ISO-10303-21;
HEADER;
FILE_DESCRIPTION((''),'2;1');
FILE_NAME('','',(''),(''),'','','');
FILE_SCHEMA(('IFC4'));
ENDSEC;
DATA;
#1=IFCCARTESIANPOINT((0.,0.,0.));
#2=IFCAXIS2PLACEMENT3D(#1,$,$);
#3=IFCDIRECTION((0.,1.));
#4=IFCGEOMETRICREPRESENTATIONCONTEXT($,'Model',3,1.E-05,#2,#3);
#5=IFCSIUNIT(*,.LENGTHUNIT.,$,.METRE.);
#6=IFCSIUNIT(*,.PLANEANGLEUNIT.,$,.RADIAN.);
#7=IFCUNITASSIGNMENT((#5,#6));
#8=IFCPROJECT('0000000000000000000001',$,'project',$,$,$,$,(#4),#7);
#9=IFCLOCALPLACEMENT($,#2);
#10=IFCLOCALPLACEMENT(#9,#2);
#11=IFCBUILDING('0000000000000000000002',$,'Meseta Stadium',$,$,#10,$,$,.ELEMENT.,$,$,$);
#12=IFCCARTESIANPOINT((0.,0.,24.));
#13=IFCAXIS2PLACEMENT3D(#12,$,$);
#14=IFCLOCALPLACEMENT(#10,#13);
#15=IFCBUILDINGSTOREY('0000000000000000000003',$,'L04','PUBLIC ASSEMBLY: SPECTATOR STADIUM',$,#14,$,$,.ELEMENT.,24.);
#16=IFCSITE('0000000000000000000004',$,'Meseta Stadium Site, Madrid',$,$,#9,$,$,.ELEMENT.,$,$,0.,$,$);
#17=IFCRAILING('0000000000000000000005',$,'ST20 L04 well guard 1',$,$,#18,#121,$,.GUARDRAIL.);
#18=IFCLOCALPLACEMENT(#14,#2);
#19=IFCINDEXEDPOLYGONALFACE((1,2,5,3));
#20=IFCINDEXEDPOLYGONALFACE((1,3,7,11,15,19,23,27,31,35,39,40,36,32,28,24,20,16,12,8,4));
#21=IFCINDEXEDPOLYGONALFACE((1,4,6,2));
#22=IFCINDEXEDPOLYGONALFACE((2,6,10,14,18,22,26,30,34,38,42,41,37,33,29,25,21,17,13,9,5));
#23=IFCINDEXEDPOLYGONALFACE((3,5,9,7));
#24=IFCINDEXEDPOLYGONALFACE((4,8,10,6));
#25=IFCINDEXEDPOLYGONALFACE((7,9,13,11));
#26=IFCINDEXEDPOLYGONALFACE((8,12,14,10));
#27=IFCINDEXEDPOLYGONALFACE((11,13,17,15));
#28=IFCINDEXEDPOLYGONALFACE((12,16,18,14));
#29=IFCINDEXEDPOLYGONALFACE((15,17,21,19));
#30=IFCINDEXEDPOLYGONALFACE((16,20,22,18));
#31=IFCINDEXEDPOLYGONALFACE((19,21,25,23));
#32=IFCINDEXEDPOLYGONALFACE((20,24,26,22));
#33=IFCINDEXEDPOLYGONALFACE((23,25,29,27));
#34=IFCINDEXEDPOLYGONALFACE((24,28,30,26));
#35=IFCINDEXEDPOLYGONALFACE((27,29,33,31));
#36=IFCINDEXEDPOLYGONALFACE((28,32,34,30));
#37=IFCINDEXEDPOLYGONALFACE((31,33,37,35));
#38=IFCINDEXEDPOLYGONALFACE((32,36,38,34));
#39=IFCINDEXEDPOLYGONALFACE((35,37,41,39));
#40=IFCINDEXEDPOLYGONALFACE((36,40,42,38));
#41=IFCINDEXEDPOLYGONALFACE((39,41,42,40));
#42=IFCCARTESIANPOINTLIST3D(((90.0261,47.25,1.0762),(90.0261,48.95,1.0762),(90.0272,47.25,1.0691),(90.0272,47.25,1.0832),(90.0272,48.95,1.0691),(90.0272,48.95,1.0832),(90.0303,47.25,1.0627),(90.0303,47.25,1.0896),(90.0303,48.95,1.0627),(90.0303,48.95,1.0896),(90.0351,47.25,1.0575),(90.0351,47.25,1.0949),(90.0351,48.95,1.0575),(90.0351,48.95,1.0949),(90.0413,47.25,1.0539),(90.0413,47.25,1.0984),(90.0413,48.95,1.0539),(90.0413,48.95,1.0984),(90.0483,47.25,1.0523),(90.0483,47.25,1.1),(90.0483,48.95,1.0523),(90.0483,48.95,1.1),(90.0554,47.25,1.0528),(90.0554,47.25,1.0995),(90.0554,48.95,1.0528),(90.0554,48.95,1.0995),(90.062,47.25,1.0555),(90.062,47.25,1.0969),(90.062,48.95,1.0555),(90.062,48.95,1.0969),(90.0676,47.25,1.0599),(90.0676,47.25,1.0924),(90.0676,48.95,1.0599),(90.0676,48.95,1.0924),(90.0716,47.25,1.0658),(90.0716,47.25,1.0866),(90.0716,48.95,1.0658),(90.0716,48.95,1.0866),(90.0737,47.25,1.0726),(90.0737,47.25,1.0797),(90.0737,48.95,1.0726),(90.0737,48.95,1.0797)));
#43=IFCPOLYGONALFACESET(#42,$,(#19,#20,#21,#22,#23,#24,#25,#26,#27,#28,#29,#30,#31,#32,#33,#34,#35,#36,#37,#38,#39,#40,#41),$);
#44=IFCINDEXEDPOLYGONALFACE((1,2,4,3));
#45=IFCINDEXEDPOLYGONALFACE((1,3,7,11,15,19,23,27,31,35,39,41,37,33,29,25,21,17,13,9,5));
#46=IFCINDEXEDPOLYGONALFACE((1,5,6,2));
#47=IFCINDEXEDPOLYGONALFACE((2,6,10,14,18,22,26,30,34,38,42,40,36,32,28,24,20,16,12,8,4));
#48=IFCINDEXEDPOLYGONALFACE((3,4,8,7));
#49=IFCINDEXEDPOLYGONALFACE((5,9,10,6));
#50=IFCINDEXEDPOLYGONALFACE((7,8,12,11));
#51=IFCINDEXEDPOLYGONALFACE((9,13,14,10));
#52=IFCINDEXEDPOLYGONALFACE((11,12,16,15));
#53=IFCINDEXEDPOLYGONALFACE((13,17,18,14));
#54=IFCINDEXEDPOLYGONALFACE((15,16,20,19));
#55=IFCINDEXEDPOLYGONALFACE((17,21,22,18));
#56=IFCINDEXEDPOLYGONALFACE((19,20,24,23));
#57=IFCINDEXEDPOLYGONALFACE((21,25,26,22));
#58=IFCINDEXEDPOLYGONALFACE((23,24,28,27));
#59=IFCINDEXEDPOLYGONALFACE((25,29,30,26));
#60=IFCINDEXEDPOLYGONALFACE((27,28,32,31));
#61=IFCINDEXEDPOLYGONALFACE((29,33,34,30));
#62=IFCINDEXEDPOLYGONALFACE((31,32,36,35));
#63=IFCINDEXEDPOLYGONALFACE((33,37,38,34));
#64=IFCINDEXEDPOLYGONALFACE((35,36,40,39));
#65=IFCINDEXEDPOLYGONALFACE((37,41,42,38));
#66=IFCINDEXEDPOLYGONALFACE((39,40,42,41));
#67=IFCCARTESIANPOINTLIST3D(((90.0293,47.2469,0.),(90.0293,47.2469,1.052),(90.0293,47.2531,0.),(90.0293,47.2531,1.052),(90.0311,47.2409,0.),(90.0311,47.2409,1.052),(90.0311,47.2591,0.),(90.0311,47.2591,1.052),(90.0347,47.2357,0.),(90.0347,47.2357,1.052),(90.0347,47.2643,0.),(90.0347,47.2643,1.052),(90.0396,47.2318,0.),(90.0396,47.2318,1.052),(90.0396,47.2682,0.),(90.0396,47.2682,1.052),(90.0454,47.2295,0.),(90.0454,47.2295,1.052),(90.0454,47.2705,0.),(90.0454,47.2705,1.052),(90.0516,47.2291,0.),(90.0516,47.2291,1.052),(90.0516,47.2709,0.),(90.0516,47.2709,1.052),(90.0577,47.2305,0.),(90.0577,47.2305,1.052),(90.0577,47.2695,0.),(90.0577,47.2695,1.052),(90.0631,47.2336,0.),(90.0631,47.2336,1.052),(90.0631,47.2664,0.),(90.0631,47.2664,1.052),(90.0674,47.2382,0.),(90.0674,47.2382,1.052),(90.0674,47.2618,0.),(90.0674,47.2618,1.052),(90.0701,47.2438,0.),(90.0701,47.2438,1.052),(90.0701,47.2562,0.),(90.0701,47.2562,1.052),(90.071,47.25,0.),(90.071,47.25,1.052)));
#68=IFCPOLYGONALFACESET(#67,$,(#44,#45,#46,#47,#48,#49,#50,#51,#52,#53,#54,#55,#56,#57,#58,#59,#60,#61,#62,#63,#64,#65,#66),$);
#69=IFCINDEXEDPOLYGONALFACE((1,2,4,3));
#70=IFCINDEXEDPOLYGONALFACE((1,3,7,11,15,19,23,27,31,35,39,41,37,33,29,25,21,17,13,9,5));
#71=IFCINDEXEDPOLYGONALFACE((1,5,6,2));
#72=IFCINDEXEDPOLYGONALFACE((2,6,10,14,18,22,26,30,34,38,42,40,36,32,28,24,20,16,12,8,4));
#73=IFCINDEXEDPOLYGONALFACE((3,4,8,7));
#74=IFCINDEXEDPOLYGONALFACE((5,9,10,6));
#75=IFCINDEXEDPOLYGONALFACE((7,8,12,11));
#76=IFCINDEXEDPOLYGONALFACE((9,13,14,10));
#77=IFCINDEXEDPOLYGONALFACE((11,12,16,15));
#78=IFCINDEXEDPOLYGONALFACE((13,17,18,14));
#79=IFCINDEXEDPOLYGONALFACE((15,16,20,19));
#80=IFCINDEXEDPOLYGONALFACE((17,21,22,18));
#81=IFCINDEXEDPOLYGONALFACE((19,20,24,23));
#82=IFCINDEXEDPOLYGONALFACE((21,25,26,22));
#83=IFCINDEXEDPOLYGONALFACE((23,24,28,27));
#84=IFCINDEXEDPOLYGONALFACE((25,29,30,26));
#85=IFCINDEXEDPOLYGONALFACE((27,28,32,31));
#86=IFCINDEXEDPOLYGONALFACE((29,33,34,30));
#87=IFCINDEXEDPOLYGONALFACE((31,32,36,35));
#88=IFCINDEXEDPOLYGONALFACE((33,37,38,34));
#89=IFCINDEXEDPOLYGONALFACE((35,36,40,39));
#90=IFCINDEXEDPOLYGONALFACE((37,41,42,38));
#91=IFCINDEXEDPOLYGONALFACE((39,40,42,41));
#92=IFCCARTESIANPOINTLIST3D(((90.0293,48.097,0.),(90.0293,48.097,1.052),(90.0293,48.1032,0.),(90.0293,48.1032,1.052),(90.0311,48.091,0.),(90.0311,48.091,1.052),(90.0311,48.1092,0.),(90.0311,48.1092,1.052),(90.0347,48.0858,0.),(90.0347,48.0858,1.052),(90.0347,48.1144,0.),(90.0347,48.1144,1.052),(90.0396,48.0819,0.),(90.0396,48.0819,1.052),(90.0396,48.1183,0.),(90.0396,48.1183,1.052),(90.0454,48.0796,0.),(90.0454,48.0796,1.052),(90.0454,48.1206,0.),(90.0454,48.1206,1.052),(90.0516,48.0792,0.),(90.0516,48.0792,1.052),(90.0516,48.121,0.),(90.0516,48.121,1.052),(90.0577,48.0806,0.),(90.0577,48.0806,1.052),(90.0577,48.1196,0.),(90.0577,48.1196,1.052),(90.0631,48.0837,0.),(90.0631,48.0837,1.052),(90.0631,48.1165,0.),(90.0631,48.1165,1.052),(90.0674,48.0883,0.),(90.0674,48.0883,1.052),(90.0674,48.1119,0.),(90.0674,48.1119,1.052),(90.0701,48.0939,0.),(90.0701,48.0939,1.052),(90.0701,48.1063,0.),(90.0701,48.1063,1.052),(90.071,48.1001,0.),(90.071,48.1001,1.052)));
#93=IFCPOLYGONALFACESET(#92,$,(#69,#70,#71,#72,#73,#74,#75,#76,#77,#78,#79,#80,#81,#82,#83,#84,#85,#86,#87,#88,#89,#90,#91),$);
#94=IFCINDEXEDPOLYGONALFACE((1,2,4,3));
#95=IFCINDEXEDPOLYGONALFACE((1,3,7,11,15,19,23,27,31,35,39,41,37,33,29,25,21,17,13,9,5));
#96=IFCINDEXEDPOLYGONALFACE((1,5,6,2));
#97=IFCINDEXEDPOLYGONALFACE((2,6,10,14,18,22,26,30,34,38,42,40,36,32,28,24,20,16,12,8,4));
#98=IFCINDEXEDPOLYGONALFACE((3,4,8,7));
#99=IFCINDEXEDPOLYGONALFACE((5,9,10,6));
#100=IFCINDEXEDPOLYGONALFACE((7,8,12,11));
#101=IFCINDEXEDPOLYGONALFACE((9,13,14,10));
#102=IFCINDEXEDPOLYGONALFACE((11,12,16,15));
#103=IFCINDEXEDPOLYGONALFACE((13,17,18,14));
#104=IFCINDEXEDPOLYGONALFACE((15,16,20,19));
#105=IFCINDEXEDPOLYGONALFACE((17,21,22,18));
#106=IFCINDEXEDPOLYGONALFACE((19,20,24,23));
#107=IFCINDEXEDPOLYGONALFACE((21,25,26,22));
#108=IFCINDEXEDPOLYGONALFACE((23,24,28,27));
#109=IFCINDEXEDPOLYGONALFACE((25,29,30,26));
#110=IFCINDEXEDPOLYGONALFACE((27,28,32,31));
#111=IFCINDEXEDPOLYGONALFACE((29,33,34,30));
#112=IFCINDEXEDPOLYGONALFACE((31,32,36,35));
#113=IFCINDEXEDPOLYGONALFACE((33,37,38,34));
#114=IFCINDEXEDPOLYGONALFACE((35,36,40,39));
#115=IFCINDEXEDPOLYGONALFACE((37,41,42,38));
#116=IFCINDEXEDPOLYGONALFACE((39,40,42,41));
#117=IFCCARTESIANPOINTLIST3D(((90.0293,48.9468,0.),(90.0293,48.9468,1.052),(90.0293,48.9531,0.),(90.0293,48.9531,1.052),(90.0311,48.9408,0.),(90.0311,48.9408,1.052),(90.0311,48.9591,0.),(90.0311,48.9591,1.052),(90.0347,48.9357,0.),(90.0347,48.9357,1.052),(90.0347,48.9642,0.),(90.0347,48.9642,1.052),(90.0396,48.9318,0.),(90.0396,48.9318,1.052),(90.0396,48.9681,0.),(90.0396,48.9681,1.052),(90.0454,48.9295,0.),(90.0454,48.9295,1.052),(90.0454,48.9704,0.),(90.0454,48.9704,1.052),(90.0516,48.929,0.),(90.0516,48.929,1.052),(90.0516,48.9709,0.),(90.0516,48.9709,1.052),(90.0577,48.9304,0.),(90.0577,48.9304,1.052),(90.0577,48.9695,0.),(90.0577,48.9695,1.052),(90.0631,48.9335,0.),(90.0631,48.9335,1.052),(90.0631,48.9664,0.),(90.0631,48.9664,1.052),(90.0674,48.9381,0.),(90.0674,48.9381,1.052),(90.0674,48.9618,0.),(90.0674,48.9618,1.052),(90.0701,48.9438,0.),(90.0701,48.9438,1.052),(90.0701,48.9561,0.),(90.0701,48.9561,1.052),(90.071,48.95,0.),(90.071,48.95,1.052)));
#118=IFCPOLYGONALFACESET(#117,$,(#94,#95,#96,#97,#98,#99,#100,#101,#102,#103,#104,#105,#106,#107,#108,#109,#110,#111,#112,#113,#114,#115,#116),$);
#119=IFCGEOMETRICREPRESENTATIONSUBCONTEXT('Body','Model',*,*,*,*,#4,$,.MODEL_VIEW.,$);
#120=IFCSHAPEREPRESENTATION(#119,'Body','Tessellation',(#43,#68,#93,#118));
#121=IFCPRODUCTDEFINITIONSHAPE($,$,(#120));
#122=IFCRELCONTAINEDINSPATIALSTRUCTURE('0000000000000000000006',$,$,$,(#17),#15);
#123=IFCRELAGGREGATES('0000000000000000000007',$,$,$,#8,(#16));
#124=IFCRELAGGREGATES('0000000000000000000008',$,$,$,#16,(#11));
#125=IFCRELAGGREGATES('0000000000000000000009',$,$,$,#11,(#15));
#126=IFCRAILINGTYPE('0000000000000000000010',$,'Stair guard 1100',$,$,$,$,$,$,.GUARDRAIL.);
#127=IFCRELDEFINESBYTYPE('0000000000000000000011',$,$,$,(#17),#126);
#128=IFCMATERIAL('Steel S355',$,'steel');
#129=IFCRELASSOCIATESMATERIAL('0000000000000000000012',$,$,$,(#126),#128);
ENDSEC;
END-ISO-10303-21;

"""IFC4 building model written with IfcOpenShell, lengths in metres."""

from ifc_helpers import new_model, si_unit, direction, frame, origin, origin_2d, place, context, subcontext, project, spatial, circle, extrude, material, type_object, element, save


model = new_model("IFC4")

# Units and contexts
model_context = context("Model", 3, precision=1e-05, world=origin(), true_north=direction((0.0, 1.0)))
body_context = subcontext(model_context, "Body", "Model", "MODEL_VIEW")
ifc_project = project(units=[si_unit("LENGTHUNIT", "METRE"), si_unit("PLANEANGLEUNIT", "RADIAN")], contexts=[model_context])

# Site, building, storey
site_placement = place(None, origin())
site = spatial("IfcSite", under=ifc_project, at=site_placement, Name="Meseta Stadium Site, Madrid", CompositionType="ELEMENT", RefElevation=0.0)
building_placement = place(site_placement, origin())
building = spatial("IfcBuilding", under=site, at=building_placement, Name="Meseta Stadium", CompositionType="ELEMENT")
storey_placement = place(building_placement, frame((0.0, 0.0, 24.0)))
storey = spatial("IfcBuildingStorey", under=building, at=storey_placement, Name="L04", Description="PUBLIC ASSEMBLY: SPECTATOR STADIUM", CompositionType="ELEMENT", Elevation=24.0)

# Railing
ifc_material_1 = material(Name="Steel S355", Category="steel")
railing_type_1 = type_object("IfcRailingType", Name="Stair guard 1100", PredefinedType="GUARDRAIL", material=ifc_material_1)
for number, where, name in (
    (1, (90.05, 47.25, 0.0), "ST20 L04 well guard 1"),
):
    element("IfcRailing", number, at=place(storey_placement, frame(where)), inside=storey, type_object=railing_type_1, Name=name, PredefinedType="GUARDRAIL", context=body_context, shape_type="SweptSolid", body=[
        extrude(circle(Radius=0.0239, at=origin_2d()), frame((0.0, 0.0, 1.0762), z_axis=(0.0, 1.0, 0.0), x_axis=(-1.0, 0.0, 0.0)), (0.0, 0.0, 1.0), 1.7),
        extrude(circle(Radius=0.021, at=origin_2d()), origin(), (0.0, 0.0, 1.0), 1.052),
        extrude(circle(Radius=0.021, at=origin_2d()), frame((0.0, 0.8501, 0.0)), (0.0, 0.0, 1.0), 1.052),
        extrude(circle(Radius=0.021, at=origin_2d()), frame((0.0, 1.7, 0.0)), (0.0, 0.0, 1.0), 1.052),
    ])

save(model, "model.ifc")
